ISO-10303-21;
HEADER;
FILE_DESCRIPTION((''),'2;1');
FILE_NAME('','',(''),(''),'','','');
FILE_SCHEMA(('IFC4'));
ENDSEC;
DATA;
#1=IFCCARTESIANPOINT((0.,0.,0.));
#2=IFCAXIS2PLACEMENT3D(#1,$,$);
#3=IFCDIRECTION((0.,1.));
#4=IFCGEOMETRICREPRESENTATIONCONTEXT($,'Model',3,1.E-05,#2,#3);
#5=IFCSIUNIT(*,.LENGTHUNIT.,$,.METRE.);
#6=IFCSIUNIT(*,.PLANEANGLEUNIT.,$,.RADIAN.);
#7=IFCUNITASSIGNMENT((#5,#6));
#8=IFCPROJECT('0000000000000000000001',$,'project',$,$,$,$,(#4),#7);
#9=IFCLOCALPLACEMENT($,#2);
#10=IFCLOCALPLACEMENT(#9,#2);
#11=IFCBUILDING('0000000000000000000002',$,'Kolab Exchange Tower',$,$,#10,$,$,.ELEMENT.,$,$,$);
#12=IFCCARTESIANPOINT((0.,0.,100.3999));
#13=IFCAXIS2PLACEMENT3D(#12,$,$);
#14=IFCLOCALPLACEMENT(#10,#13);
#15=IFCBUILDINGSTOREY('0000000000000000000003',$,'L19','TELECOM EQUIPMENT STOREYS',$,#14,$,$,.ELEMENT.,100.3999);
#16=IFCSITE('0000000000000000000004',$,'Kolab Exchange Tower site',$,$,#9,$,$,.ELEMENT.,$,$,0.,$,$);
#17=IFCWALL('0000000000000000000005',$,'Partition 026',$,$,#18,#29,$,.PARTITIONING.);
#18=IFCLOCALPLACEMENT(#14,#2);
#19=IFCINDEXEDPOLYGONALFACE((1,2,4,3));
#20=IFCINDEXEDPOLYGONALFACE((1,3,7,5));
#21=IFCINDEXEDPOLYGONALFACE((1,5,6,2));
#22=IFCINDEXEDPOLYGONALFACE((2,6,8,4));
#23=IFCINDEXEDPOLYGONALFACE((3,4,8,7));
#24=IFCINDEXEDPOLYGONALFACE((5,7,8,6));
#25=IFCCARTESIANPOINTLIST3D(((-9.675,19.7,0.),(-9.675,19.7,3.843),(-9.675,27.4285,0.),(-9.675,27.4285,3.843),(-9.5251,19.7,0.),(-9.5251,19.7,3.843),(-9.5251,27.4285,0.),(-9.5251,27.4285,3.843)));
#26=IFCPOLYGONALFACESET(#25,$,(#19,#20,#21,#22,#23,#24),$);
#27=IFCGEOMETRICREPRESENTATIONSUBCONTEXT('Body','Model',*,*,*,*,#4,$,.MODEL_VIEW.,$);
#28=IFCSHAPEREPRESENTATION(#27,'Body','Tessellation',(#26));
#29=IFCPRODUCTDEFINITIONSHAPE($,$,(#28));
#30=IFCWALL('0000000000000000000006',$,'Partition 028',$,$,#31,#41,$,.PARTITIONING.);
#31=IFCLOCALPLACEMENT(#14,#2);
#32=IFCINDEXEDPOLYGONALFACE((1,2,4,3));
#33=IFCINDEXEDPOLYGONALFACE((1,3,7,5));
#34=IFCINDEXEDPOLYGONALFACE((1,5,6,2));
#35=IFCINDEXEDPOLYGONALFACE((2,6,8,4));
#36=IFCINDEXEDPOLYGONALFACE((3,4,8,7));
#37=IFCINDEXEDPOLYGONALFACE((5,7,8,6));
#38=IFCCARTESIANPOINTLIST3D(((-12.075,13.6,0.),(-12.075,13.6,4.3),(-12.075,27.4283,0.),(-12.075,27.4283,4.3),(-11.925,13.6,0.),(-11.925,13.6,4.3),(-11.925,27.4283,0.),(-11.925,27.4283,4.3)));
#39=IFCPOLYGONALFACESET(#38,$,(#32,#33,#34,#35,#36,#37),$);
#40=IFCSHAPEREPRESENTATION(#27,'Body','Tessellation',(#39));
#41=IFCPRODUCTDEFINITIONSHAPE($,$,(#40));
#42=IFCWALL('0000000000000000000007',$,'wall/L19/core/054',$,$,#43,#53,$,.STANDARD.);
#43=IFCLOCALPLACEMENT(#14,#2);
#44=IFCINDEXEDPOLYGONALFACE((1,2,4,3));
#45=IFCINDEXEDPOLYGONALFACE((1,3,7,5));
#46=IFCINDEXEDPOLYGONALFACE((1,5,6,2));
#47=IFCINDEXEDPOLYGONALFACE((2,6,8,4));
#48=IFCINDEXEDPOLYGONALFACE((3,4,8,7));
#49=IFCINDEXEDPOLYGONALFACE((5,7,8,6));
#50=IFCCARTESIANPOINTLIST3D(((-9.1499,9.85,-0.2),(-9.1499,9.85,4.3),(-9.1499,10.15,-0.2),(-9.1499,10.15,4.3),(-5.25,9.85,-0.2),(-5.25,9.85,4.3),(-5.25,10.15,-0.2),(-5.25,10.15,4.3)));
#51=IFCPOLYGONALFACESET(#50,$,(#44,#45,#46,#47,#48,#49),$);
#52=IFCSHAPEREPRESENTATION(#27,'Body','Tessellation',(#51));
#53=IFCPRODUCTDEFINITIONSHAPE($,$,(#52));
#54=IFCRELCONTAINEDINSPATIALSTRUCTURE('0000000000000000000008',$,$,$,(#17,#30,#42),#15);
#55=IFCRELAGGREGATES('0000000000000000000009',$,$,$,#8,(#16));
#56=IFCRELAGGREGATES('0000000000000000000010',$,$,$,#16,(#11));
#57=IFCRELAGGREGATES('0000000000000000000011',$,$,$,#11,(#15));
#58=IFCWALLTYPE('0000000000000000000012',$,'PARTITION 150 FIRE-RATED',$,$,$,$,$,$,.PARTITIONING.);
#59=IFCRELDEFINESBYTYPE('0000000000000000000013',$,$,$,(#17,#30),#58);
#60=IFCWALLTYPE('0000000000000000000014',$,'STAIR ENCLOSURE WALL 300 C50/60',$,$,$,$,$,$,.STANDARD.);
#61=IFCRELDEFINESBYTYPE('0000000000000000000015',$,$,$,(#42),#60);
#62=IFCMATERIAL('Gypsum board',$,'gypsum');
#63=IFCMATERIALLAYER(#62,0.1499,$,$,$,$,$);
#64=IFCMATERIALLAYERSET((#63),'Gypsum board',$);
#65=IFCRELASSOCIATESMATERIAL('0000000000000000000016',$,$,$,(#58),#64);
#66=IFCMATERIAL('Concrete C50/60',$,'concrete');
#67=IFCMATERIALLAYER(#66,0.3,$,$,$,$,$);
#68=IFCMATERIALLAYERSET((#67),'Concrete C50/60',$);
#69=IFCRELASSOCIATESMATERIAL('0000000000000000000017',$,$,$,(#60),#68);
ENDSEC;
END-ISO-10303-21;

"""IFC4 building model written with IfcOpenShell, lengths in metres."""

from ifc_helpers import new_model, si_unit, direction, frame, frame_2d, origin, place, context, subcontext, project, spatial, rectangle, extrude, material, layer, layer_set, type_object, element, save


model = new_model("IFC4")

# Units and contexts
model_context = context("Model", 3, precision=1e-05, world=origin(), true_north=direction((0.0, 1.0)))
body_context = subcontext(model_context, "Body", "Model", "MODEL_VIEW")
ifc_project = project(units=[si_unit("LENGTHUNIT", "METRE"), si_unit("PLANEANGLEUNIT", "RADIAN")], contexts=[model_context])

# Site, building, storey
site_placement = place(None, origin())
site = spatial("IfcSite", under=ifc_project, at=site_placement, Name="Kolab Exchange Tower site", CompositionType="ELEMENT", RefElevation=0.0)
building_placement = place(site_placement, origin())
building = spatial("IfcBuilding", under=site, at=building_placement, Name="Kolab Exchange Tower", CompositionType="ELEMENT")
storey_placement = place(building_placement, frame((0.0, 0.0, 100.3999)))
storey = spatial("IfcBuildingStorey", under=building, at=storey_placement, Name="L19", Description="TELECOM EQUIPMENT STOREYS", CompositionType="ELEMENT", Elevation=100.3999)

# Walls
ifc_material_1 = material(Name="Gypsum board", Category="gypsum")
ifc_layer_1 = layer(ifc_material_1, 0.1499)
ifc_layer_set_1 = layer_set([ifc_layer_1], Name="Gypsum board")
wall_type_1 = type_object("IfcWallType", Name="PARTITION 150 FIRE-RATED", PredefinedType="PARTITIONING", material=ifc_layer_set_1)
wall_1_placement = place(storey_placement, frame((-9.6001, 19.7, 0.0), z_axis=(0.0, 0.0, 1.0), x_axis=(0.0, 1.0, 0.0)))
element("IfcWall", 1, at=wall_1_placement, inside=storey, type_object=wall_type_1, Name="Partition 026", PredefinedType="PARTITIONING", context=body_context, shape_type="SweptSolid", body=[
    extrude(rectangle(XDim=7.7285, YDim=0.1499, at=frame_2d((3.8643, 0.0))), origin(), (0.0, 0.0, 1.0), 3.843),
])
wall_2_placement = place(storey_placement, frame((-12.0, 13.6001, 0.0), z_axis=(0.0, 0.0, 1.0), x_axis=(0.0, 1.0, 0.0)))
element("IfcWall", 2, at=wall_2_placement, inside=storey, type_object=wall_type_1, Name="Partition 028", PredefinedType="PARTITIONING", context=body_context, shape_type="SweptSolid", body=[
    extrude(rectangle(XDim=13.8284, YDim=0.1499, at=frame_2d((6.9141, 0.0))), origin(), (0.0, 0.0, 1.0), 4.3),
])
ifc_material_2 = material(Name="Concrete C50/60", Category="concrete")
ifc_layer_2 = layer(ifc_material_2, 0.3)
ifc_layer_set_2 = layer_set([ifc_layer_2], Name="Concrete C50/60")
wall_type_2 = type_object("IfcWallType", Name="STAIR ENCLOSURE WALL 300 C50/60", PredefinedType="STANDARD", material=ifc_layer_set_2)
wall_3_placement = place(storey_placement, frame((-9.1499, 10.0, -0.2), z_axis=(0.0, 0.0, 1.0), x_axis=(1.0, 0.0, 0.0)))
element("IfcWall", 3, at=wall_3_placement, inside=storey, type_object=wall_type_2, Name="wall/L19/core/054", PredefinedType="STANDARD", context=body_context, shape_type="SweptSolid", body=[
    extrude(rectangle(XDim=3.8999, YDim=0.3, at=frame_2d((1.95, 0.0))), origin(), (0.0, 0.0, 1.0), 4.5),
])

save(model, "model.ifc")
